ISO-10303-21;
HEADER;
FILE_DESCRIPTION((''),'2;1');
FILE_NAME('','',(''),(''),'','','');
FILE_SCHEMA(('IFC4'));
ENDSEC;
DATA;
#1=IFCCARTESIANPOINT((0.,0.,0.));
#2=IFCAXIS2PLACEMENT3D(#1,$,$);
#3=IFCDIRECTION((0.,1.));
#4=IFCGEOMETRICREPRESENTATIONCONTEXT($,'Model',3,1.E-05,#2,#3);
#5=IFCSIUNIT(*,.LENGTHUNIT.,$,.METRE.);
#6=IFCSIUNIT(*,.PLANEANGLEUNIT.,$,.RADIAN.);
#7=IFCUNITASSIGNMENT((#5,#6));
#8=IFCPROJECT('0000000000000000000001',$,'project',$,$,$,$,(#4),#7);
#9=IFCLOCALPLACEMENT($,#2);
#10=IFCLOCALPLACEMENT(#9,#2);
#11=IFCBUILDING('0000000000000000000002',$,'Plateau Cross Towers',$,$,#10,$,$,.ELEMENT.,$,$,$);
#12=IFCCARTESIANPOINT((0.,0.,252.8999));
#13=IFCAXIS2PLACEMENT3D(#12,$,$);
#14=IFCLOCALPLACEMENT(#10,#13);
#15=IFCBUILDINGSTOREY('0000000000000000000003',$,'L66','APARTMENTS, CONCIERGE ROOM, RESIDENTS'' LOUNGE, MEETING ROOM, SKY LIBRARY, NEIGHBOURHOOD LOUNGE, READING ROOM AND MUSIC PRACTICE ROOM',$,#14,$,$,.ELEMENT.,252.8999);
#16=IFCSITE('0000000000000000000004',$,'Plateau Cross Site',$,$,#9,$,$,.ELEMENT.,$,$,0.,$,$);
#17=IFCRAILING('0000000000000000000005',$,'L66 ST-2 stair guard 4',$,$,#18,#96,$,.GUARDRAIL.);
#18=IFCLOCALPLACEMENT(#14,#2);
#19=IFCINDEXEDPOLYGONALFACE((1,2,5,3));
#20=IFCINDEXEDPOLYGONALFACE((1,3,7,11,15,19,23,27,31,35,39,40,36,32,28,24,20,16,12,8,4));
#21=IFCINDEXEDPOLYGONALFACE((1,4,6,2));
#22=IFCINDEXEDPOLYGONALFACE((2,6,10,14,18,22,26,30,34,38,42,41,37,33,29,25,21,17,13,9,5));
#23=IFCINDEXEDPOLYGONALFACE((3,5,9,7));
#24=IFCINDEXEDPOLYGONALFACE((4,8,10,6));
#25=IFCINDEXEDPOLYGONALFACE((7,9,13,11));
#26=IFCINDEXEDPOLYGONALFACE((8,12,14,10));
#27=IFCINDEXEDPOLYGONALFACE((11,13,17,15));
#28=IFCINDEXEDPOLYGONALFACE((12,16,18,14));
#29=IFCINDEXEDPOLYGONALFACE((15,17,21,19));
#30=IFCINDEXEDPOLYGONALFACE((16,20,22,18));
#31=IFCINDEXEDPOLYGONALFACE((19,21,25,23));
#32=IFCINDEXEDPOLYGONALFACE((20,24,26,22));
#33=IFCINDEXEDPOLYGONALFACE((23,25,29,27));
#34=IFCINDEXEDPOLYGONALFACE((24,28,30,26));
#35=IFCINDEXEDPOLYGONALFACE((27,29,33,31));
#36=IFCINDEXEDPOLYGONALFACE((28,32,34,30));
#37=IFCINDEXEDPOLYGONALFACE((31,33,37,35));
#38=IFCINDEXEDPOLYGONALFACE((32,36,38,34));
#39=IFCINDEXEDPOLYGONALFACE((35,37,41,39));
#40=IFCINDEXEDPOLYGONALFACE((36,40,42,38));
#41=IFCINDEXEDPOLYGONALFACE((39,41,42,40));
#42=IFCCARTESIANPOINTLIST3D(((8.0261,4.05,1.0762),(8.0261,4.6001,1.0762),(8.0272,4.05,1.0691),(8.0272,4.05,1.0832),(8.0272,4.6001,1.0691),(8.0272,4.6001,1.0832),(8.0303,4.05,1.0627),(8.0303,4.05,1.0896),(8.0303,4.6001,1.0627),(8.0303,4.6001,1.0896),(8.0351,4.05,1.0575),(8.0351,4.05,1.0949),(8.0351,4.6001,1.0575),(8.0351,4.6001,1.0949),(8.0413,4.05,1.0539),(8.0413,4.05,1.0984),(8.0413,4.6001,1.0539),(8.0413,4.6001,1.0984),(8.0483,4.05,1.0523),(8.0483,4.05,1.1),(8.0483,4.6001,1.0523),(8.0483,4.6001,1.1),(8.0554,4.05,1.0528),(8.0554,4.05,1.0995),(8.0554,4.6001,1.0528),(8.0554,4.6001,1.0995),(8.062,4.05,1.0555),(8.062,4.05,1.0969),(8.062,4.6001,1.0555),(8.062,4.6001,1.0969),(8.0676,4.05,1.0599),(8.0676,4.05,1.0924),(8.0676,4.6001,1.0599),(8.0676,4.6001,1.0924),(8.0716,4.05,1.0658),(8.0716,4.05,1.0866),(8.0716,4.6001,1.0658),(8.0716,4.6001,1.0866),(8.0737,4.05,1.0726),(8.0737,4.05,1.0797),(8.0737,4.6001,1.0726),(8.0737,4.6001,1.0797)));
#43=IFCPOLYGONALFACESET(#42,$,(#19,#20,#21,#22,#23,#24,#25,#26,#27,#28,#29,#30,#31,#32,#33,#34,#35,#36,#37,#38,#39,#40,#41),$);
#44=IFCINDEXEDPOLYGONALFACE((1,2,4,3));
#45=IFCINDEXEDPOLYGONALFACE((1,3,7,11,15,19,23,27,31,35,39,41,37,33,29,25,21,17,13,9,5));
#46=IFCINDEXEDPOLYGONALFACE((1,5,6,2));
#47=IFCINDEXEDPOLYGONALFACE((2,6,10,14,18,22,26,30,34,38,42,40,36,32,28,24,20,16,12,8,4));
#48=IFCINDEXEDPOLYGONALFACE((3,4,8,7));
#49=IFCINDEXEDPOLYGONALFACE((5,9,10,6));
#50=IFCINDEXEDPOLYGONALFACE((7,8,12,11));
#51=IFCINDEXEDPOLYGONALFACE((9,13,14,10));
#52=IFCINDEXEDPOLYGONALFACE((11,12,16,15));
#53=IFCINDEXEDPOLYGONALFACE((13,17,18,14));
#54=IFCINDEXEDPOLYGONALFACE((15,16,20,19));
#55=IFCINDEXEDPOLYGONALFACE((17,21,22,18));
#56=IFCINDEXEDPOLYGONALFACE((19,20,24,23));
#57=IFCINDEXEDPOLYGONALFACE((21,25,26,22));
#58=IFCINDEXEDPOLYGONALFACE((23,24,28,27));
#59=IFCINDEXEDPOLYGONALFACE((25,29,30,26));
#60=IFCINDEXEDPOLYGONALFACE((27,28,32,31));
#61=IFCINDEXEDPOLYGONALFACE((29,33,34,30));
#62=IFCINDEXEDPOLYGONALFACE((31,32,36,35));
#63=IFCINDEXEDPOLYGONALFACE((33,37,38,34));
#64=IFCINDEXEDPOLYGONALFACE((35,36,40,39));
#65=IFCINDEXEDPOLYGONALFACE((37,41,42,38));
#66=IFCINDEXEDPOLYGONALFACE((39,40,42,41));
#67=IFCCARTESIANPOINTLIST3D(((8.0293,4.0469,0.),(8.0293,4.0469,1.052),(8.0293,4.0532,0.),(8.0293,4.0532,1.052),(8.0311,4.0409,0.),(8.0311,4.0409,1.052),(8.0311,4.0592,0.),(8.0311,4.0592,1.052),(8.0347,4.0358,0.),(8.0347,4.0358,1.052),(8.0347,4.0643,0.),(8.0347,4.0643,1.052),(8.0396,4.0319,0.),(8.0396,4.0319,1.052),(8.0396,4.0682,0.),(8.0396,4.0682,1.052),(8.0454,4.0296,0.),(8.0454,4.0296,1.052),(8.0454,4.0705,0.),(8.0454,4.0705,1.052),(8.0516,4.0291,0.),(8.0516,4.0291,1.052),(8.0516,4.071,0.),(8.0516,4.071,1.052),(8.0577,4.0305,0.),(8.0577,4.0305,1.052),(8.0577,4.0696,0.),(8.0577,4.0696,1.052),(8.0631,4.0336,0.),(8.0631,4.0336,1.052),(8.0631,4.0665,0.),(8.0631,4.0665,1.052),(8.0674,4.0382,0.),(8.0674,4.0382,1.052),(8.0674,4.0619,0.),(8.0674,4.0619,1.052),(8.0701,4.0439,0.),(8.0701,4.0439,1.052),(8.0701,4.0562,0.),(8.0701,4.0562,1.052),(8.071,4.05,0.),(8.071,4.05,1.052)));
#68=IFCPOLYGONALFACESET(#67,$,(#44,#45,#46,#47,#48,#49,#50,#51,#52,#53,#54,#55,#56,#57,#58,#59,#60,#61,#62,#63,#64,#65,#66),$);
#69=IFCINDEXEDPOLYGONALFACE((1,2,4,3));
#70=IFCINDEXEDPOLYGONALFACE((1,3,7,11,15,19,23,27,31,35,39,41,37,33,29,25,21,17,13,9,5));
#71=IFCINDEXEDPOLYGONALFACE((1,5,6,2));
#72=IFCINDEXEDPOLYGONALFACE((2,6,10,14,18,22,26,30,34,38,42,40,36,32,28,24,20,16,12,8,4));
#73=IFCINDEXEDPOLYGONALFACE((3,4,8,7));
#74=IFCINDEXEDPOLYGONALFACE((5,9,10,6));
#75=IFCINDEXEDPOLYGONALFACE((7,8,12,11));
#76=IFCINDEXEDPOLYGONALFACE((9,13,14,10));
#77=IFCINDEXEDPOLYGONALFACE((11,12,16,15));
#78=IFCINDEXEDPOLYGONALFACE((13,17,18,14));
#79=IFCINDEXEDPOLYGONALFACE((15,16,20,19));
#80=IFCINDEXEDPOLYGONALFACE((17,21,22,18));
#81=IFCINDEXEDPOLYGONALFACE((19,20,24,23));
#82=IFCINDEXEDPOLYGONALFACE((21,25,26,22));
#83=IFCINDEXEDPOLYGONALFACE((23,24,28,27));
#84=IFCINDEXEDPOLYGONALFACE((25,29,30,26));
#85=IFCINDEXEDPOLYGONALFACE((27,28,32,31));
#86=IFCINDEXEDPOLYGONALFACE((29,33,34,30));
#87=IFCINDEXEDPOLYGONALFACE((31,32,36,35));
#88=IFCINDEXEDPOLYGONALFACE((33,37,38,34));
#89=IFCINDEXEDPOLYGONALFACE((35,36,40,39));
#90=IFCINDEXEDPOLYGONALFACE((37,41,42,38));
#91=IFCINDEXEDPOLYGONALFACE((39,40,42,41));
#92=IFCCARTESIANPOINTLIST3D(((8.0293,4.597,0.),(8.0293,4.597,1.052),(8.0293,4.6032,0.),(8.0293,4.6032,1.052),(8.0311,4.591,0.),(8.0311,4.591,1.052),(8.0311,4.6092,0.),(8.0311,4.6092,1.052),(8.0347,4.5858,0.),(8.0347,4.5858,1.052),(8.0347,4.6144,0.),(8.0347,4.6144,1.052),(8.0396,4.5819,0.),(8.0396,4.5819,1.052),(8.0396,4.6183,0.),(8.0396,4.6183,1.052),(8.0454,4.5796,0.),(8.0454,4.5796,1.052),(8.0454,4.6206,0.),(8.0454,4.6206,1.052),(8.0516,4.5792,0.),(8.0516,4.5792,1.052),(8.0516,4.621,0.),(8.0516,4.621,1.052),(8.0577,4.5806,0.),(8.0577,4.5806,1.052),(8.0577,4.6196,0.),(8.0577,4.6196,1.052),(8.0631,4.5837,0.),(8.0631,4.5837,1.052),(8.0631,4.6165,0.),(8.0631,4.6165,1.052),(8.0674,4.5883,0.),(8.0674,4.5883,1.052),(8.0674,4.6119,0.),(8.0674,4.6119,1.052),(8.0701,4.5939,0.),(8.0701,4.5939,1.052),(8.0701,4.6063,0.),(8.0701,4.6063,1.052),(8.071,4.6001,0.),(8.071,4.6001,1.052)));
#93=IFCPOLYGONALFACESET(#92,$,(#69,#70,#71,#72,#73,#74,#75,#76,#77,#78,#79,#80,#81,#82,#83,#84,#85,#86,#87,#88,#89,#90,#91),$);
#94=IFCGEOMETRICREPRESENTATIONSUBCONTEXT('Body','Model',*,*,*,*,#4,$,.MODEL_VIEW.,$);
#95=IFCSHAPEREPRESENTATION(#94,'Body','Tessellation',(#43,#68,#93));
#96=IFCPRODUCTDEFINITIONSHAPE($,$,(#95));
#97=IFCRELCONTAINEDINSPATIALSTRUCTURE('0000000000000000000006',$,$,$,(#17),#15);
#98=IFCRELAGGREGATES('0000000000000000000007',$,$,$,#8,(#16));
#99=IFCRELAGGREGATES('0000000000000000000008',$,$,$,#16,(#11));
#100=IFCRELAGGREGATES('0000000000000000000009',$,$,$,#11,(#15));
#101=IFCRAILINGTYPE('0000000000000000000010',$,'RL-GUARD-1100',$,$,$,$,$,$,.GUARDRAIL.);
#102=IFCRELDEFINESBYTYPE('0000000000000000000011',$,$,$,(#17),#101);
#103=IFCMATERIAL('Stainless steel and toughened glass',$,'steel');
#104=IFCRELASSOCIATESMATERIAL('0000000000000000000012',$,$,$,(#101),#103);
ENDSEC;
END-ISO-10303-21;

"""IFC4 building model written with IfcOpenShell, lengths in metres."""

from ifc_helpers import new_model, si_unit, direction, frame, origin, origin_2d, place, context, subcontext, project, spatial, circle, extrude, material, type_object, element, save


model = new_model("IFC4")

# Units and contexts
model_context = context("Model", 3, precision=1e-05, world=origin(), true_north=direction((0.0, 1.0)))
body_context = subcontext(model_context, "Body", "Model", "MODEL_VIEW")
ifc_project = project(units=[si_unit("LENGTHUNIT", "METRE"), si_unit("PLANEANGLEUNIT", "RADIAN")], contexts=[model_context])

# Site, building, storey
site_placement = place(None, origin())
site = spatial("IfcSite", under=ifc_project, at=site_placement, Name="Plateau Cross Site", CompositionType="ELEMENT", RefElevation=0.0)
building_placement = place(site_placement, origin())
building = spatial("IfcBuilding", under=site, at=building_placement, Name="Plateau Cross Towers", CompositionType="ELEMENT")
storey_placement = place(building_placement, frame((0.0, 0.0, 252.8999)))
storey = spatial("IfcBuildingStorey", under=building, at=storey_placement, Name="L66", Description="APARTMENTS, CONCIERGE ROOM, RESIDENTS' LOUNGE, MEETING ROOM, SKY LIBRARY, NEIGHBOURHOOD LOUNGE, READING ROOM AND MUSIC PRACTICE ROOM", CompositionType="ELEMENT", Elevation=252.8999)

# Railing
ifc_material_1 = material(Name="Stainless steel and toughened glass", Category="steel")
railing_type_1 = type_object("IfcRailingType", Name="RL-GUARD-1100", PredefinedType="GUARDRAIL", material=ifc_material_1)
railing_1_placement = place(storey_placement, frame((8.05, 4.05, 0.0)))
element("IfcRailing", 1, at=railing_1_placement, inside=storey, type_object=railing_type_1, Name="L66 ST-2 stair guard 4", PredefinedType="GUARDRAIL", context=body_context, shape_type="SweptSolid", body=[
    extrude(circle(Radius=0.0239, at=origin_2d()), frame((0.0, 0.0, 1.0762), z_axis=(0.0, 1.0, 0.0), x_axis=(-1.0, 0.0, 0.0)), (0.0, 0.0, 1.0), 0.55),
    extrude(circle(Radius=0.021, at=origin_2d()), origin(), (0.0, 0.0, 1.0), 1.052),
    extrude(circle(Radius=0.021, at=origin_2d()), frame((0.0, 0.55, 0.0)), (0.0, 0.0, 1.0), 1.052),
])

save(model, "model.ifc")
